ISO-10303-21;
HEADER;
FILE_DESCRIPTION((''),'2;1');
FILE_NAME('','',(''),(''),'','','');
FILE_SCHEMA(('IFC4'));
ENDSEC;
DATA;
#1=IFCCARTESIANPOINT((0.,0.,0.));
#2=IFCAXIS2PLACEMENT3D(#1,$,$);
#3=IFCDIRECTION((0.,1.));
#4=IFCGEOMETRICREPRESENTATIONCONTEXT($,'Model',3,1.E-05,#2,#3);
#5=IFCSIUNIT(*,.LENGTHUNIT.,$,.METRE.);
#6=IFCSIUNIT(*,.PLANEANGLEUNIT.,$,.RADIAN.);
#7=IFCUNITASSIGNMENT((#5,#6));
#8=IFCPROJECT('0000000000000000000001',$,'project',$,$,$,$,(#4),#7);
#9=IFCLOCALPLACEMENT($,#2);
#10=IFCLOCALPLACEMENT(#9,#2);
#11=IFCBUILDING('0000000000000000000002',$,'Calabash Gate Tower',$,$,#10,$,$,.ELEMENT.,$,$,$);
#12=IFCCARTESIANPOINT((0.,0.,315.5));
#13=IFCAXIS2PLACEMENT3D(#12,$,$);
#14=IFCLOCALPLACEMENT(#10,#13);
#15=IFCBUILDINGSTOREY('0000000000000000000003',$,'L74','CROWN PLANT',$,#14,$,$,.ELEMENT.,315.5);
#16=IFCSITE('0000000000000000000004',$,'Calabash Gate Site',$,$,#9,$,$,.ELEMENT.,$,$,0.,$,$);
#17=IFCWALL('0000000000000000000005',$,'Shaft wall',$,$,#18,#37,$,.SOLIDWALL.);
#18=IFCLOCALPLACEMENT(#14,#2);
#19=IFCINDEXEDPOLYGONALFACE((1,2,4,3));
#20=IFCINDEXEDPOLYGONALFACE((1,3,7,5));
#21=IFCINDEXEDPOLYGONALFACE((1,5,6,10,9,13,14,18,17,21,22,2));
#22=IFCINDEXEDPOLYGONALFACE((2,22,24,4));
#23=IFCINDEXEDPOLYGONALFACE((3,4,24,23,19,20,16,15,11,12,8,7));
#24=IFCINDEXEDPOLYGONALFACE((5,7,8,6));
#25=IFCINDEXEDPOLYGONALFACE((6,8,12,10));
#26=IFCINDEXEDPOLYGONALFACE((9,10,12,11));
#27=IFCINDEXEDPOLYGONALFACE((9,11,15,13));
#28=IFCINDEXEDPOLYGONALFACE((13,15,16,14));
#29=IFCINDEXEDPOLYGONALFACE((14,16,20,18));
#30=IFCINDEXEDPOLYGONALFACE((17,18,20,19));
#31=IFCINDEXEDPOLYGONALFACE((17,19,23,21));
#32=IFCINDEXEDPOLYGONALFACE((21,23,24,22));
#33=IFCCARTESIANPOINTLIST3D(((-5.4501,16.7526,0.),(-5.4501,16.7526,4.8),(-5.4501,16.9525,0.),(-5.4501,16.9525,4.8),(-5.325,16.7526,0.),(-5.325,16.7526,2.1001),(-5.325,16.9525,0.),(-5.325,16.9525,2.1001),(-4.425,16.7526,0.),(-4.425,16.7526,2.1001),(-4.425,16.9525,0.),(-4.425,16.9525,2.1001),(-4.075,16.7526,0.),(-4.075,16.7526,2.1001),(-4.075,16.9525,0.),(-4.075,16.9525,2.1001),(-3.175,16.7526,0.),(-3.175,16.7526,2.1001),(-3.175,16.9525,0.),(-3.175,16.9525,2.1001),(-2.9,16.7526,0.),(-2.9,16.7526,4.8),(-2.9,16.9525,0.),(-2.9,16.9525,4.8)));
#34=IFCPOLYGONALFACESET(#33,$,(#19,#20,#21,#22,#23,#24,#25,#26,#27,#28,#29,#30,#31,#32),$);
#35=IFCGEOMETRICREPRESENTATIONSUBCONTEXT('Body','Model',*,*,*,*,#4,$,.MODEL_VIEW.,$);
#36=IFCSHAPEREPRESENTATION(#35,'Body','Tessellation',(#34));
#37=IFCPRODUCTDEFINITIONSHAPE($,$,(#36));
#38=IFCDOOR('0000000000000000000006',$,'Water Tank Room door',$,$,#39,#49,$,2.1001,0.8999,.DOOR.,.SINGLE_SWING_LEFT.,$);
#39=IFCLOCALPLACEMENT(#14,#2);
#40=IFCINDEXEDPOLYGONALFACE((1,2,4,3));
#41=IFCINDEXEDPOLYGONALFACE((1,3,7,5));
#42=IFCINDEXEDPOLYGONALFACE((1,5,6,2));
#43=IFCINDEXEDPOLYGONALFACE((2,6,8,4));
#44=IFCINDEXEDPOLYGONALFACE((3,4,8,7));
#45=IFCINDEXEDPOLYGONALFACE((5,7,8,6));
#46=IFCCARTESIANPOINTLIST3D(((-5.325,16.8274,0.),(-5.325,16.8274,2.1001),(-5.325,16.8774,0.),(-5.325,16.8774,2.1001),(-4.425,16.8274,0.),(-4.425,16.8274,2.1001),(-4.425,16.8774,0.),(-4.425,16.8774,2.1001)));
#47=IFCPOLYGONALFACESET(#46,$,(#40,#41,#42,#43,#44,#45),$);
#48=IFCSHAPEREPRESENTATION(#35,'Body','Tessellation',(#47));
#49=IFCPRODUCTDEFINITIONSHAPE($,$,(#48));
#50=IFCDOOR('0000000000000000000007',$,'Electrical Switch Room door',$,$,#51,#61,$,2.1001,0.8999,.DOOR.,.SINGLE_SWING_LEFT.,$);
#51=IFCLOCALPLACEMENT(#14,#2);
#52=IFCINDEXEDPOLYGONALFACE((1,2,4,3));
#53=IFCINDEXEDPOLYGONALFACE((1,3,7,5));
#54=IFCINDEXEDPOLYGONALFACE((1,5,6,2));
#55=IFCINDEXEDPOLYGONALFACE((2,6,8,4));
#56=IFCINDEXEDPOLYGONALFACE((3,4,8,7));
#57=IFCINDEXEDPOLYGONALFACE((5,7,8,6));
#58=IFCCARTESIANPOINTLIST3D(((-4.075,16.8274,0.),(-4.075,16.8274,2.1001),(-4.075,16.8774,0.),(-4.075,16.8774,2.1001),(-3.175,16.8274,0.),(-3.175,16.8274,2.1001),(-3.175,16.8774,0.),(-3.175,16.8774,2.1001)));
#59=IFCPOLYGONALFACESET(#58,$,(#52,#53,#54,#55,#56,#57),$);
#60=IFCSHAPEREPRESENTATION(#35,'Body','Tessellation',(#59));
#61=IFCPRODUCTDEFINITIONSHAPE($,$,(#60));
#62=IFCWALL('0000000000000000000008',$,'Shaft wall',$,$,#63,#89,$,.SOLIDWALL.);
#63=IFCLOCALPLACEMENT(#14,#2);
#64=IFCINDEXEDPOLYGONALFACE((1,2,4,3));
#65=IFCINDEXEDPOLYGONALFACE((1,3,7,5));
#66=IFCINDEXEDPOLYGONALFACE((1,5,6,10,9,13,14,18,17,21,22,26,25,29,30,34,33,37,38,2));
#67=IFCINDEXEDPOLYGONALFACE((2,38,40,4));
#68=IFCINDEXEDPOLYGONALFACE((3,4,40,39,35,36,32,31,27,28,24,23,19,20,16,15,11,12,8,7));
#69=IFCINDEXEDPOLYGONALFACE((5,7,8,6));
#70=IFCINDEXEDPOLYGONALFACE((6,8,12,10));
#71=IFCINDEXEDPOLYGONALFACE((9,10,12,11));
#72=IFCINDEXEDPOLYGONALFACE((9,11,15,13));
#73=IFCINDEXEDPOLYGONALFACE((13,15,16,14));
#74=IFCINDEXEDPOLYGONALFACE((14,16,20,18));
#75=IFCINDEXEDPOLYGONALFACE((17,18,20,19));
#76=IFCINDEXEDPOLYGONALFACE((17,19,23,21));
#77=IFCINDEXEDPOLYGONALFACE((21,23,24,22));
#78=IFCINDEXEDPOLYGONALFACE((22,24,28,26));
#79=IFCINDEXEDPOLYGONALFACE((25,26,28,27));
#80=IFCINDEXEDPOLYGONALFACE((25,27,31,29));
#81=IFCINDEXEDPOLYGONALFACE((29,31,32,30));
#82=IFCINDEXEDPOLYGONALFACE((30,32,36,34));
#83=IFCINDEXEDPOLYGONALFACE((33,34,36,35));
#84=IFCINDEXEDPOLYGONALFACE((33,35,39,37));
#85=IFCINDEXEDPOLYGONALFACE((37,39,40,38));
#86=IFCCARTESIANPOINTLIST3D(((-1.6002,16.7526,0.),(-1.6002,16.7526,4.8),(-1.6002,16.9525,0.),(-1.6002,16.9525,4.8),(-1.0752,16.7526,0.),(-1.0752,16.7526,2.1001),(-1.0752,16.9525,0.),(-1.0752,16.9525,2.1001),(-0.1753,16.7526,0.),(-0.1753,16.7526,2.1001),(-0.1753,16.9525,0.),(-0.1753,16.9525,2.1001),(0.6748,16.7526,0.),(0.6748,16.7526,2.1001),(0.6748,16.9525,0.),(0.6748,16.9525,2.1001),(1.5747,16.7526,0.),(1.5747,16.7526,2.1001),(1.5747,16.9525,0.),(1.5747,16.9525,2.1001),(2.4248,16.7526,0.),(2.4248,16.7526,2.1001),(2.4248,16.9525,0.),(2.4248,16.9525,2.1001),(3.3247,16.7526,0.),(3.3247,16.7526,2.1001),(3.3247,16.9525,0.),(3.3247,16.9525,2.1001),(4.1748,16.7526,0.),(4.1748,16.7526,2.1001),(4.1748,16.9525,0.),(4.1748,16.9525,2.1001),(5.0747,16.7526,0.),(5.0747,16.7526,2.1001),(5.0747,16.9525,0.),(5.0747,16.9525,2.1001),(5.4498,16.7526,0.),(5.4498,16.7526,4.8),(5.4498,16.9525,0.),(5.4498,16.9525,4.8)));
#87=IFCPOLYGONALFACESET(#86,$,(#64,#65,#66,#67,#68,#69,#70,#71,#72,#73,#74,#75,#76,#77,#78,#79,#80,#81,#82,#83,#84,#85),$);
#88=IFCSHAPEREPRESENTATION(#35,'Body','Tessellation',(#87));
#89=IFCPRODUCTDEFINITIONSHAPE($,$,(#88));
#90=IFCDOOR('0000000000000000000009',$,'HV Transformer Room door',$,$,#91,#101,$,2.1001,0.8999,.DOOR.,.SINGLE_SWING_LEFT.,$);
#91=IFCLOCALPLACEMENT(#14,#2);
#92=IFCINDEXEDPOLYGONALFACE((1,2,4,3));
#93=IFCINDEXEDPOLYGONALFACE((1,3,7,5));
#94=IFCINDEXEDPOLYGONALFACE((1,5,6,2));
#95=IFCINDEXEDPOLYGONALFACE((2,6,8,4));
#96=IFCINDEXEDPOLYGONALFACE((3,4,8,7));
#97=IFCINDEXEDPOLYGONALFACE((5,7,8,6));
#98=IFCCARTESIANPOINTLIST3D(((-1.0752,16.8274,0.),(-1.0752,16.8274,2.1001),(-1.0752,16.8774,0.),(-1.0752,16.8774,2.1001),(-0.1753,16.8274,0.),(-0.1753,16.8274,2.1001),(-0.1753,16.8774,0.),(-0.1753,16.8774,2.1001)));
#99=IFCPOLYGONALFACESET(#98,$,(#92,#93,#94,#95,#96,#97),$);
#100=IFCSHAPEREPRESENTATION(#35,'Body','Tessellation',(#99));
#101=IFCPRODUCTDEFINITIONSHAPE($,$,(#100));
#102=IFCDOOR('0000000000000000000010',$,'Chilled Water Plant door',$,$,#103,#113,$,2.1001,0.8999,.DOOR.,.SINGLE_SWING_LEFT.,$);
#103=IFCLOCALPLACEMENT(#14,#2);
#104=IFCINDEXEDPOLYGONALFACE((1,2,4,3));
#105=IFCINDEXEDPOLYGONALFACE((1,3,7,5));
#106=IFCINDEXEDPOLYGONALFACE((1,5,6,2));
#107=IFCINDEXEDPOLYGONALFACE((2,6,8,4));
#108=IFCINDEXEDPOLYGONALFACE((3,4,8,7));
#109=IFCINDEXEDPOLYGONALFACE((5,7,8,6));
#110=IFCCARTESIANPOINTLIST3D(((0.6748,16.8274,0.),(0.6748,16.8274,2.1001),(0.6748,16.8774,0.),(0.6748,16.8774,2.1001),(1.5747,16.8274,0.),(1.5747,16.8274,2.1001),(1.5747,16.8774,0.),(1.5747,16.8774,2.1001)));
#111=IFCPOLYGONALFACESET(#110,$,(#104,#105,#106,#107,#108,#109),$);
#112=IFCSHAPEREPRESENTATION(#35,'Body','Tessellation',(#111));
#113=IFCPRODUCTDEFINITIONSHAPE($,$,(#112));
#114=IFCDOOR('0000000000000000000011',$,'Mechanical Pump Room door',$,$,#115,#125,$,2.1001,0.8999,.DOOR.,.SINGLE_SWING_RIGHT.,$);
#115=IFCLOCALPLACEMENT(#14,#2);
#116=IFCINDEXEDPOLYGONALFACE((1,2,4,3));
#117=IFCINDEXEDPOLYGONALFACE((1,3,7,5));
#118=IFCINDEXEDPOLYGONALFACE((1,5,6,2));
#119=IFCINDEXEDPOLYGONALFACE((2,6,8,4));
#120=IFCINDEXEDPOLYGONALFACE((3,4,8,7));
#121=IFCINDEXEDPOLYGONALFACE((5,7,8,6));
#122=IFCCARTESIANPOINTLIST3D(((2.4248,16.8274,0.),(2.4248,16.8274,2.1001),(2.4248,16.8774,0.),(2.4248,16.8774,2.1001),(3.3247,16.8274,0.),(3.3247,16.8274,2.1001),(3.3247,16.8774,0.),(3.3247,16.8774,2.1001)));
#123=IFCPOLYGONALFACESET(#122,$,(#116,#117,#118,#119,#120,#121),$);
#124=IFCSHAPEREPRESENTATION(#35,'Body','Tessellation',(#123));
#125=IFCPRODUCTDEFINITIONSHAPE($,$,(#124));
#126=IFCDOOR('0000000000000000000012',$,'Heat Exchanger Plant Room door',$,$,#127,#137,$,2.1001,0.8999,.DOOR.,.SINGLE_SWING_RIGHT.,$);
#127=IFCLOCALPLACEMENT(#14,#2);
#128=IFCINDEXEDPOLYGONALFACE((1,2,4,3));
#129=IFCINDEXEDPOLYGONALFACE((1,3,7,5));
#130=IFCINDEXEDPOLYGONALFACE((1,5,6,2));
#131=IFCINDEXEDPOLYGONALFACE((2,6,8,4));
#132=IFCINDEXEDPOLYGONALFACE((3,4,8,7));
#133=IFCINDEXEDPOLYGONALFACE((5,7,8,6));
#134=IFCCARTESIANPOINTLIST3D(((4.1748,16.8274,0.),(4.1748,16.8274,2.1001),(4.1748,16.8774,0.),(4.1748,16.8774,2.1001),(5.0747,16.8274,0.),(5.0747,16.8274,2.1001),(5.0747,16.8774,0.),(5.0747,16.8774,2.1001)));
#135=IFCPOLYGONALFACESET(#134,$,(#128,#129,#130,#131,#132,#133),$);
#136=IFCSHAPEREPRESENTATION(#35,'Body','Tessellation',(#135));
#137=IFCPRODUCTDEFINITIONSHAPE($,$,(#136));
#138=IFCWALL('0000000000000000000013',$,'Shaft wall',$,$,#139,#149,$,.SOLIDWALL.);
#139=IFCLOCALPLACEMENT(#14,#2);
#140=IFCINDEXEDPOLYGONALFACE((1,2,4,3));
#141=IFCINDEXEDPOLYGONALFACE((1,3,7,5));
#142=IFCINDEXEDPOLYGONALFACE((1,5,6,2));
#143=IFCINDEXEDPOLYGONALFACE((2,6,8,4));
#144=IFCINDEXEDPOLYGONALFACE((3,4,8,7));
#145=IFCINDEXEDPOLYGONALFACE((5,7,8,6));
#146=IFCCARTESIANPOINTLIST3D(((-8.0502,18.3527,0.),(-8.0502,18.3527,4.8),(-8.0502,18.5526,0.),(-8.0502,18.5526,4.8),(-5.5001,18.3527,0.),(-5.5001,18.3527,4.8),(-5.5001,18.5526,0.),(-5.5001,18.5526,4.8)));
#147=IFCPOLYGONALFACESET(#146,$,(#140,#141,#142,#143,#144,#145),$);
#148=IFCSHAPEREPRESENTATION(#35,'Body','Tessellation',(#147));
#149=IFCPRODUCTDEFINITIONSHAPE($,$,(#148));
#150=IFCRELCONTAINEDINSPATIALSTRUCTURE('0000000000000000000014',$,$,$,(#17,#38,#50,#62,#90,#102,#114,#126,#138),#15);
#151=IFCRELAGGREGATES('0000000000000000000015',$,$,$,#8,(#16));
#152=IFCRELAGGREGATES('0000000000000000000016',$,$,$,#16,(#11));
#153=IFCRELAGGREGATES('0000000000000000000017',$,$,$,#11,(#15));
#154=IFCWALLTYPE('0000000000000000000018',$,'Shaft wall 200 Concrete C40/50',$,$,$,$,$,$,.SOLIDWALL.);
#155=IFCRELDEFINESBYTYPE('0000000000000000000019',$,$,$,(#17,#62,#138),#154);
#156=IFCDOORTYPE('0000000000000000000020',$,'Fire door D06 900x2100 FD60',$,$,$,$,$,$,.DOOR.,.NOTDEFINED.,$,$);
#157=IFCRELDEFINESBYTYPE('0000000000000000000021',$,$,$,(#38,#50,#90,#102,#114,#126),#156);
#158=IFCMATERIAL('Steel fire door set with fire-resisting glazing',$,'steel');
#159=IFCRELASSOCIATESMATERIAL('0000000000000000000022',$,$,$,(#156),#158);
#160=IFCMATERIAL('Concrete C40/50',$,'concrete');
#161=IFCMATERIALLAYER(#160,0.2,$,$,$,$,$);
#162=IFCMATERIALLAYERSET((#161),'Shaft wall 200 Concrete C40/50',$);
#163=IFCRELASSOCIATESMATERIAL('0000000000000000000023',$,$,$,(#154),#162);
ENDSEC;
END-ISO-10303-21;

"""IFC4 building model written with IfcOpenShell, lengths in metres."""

from ifc_helpers import new_model, si_unit, direction, frame, frame_2d, origin, place, context, subcontext, project, spatial, rectangle, extrude, material, layer, layer_set, type_object, element, fill, save


model = new_model("IFC4")

# Units and contexts
model_context = context("Model", 3, precision=1e-05, world=origin(), true_north=direction((0.0, 1.0)))
body_context = subcontext(model_context, "Body", "Model", "MODEL_VIEW")
ifc_project = project(units=[si_unit("LENGTHUNIT", "METRE"), si_unit("PLANEANGLEUNIT", "RADIAN")], contexts=[model_context])

# Site, building, storey
site_placement = place(None, origin())
site = spatial("IfcSite", under=ifc_project, at=site_placement, Name="Calabash Gate Site", CompositionType="ELEMENT", RefElevation=0.0)
building_placement = place(site_placement, origin())
building = spatial("IfcBuilding", under=site, at=building_placement, Name="Calabash Gate Tower", CompositionType="ELEMENT")
storey_placement = place(building_placement, frame((0.0, 0.0, 315.5)))
storey = spatial("IfcBuildingStorey", under=building, at=storey_placement, Name="L74", Description="CROWN PLANT", CompositionType="ELEMENT", Elevation=315.5)

# Shared definitions
ifc_material_1 = material(Name="Steel fire door set with fire-resisting glazing", Category="steel")
door_type_1 = type_object("IfcDoorType", Name="Fire door D06 900x2100 FD60", OperationType="NOTDEFINED", PredefinedType="DOOR", material=ifc_material_1)

# Shared definitions
ifc_material_2 = material(Name="Concrete C40/50", Category="concrete")
ifc_layer_1 = layer(ifc_material_2, 0.2)
ifc_layer_set_1 = layer_set([ifc_layer_1], Name="Shaft wall 200 Concrete C40/50")
wall_type_1 = type_object("IfcWallType", Name="Shaft wall 200 Concrete C40/50", PredefinedType="SOLIDWALL", material=ifc_layer_set_1)

# Walls, openings, doors
wall_1_placement = place(storey_placement, frame((-5.45, 16.8525, 0.0), z_axis=(0.0, 0.0, 1.0), x_axis=(1.0, 0.0, 0.0)))
wall_1 = element("IfcWall", 1, at=wall_1_placement, inside=storey, type_object=wall_type_1, Name="Shaft wall", PredefinedType="SOLIDWALL", context=body_context, shape_type="SweptSolid", body=[
    extrude(rectangle(XDim=2.55, YDim=0.2, at=frame_2d((1.2749, 0.0))), origin(), (0.0, 0.0, 1.0), 4.8),
])
opening_1_placement = place(wall_1_placement, frame((0.125, 0.0, 0.0)))
opening_1 = element("IfcOpeningElement", 2, at=opening_1_placement, cuts=wall_1, PredefinedType="OPENING", context=body_context, shape_type="SweptSolid", body=[
    extrude(rectangle(XDim=0.8999, YDim=2.1001, at=frame_2d((0.45, 1.05))), frame((0.0, 0.1099, 0.0), z_axis=(0.0, -1.0, 0.0), x_axis=(1.0, 0.0, 0.0)), (0.0, 0.0, 1.0), 0.22),
])
opening_2_placement = place(wall_1_placement, frame((1.375, 0.0, 0.0)))
opening_2 = element("IfcOpeningElement", 3, at=opening_2_placement, cuts=wall_1, PredefinedType="OPENING", context=body_context, shape_type="SweptSolid", body=[
    extrude(rectangle(XDim=0.8999, YDim=2.1001, at=frame_2d((0.45, 1.05))), frame((0.0, 0.1099, 0.0), z_axis=(0.0, -1.0, 0.0), x_axis=(1.0, 0.0, 0.0)), (0.0, 0.0, 1.0), 0.22),
])
door_1_placement = place(opening_1_placement, origin())
door_1 = element("IfcDoor", 4, at=door_1_placement, inside=storey, type_object=door_type_1, Name="Water Tank Room door", OperationType="SINGLE_SWING_LEFT", OverallHeight=2.1001, OverallWidth=0.8999, PredefinedType="DOOR", context=body_context, shape_type="SweptSolid", body=[
    extrude(rectangle(XDim=0.8999, YDim=2.1001, at=frame_2d((0.45, 1.05))), frame((0.0, 0.0249, 0.0), z_axis=(0.0, -1.0, 0.0), x_axis=(1.0, 0.0, 0.0)), (0.0, 0.0, 1.0), 0.05),
])
fill(opening_1, door_1)
door_2_placement = place(opening_2_placement, origin())
door_2 = element("IfcDoor", 5, at=door_2_placement, inside=storey, type_object=door_type_1, Name="Electrical Switch Room door", OperationType="SINGLE_SWING_LEFT", OverallHeight=2.1001, OverallWidth=0.8999, PredefinedType="DOOR", context=body_context, shape_type="SweptSolid", body=[
    extrude(rectangle(XDim=0.8999, YDim=2.1001, at=frame_2d((0.45, 1.05))), frame((0.0, 0.0249, 0.0), z_axis=(0.0, -1.0, 0.0), x_axis=(1.0, 0.0, 0.0)), (0.0, 0.0, 1.0), 0.05),
])
fill(opening_2, door_2)
wall_2_placement = place(storey_placement, frame((-1.6001, 16.8525, 0.0), z_axis=(0.0, 0.0, 1.0), x_axis=(1.0, 0.0, 0.0)))
wall_2 = element("IfcWall", 6, at=wall_2_placement, inside=storey, type_object=wall_type_1, Name="Shaft wall", PredefinedType="SOLIDWALL", context=body_context, shape_type="SweptSolid", body=[
    extrude(rectangle(XDim=7.05, YDim=0.2, at=frame_2d((3.5249, 0.0))), origin(), (0.0, 0.0, 1.0), 4.8),
])
opening_3_placement = place(wall_2_placement, frame((0.5249, 0.0, 0.0)))
opening_3 = element("IfcOpeningElement", 7, at=opening_3_placement, cuts=wall_2, PredefinedType="OPENING", context=body_context, shape_type="SweptSolid", body=[
    extrude(rectangle(XDim=0.8999, YDim=2.1001, at=frame_2d((0.45, 1.05))), frame((0.0, 0.1099, 0.0), z_axis=(0.0, -1.0, 0.0), x_axis=(1.0, 0.0, 0.0)), (0.0, 0.0, 1.0), 0.22),
])
opening_4_placement = place(wall_2_placement, frame((2.2749, 0.0, 0.0)))
opening_4 = element("IfcOpeningElement", 8, at=opening_4_placement, cuts=wall_2, PredefinedType="OPENING", context=body_context, shape_type="SweptSolid", body=[
    extrude(rectangle(XDim=0.8999, YDim=2.1001, at=frame_2d((0.45, 1.05))), frame((0.0, 0.1099, 0.0), z_axis=(0.0, -1.0, 0.0), x_axis=(1.0, 0.0, 0.0)), (0.0, 0.0, 1.0), 0.22),
])
opening_5_placement = place(wall_2_placement, frame((4.0249, 0.0, 0.0)))
opening_5 = element("IfcOpeningElement", 9, at=opening_5_placement, cuts=wall_2, PredefinedType="OPENING", context=body_context, shape_type="SweptSolid", body=[
    extrude(rectangle(XDim=0.8999, YDim=2.1001, at=frame_2d((0.45, 1.05))), frame((0.0, 0.1099, 0.0), z_axis=(0.0, -1.0, 0.0), x_axis=(1.0, 0.0, 0.0)), (0.0, 0.0, 1.0), 0.22),
])
opening_6_placement = place(wall_2_placement, frame((5.7749, 0.0, 0.0)))
opening_6 = element("IfcOpeningElement", 10, at=opening_6_placement, cuts=wall_2, PredefinedType="OPENING", context=body_context, shape_type="SweptSolid", body=[
    extrude(rectangle(XDim=0.8999, YDim=2.1001, at=frame_2d((0.45, 1.05))), frame((0.0, 0.1099, 0.0), z_axis=(0.0, -1.0, 0.0), x_axis=(1.0, 0.0, 0.0)), (0.0, 0.0, 1.0), 0.22),
])
door_3_placement = place(opening_3_placement, origin())
door_3 = element("IfcDoor", 11, at=door_3_placement, inside=storey, type_object=door_type_1, Name="HV Transformer Room door", OperationType="SINGLE_SWING_LEFT", OverallHeight=2.1001, OverallWidth=0.8999, PredefinedType="DOOR", context=body_context, shape_type="SweptSolid", body=[
    extrude(rectangle(XDim=0.8999, YDim=2.1001, at=frame_2d((0.45, 1.05))), frame((0.0, 0.0249, 0.0), z_axis=(0.0, -1.0, 0.0), x_axis=(1.0, 0.0, 0.0)), (0.0, 0.0, 1.0), 0.05),
])
fill(opening_3, door_3)
door_4_placement = place(opening_4_placement, origin())
door_4 = element("IfcDoor", 12, at=door_4_placement, inside=storey, type_object=door_type_1, Name="Chilled Water Plant door", OperationType="SINGLE_SWING_LEFT", OverallHeight=2.1001, OverallWidth=0.8999, PredefinedType="DOOR", context=body_context, shape_type="SweptSolid", body=[
    extrude(rectangle(XDim=0.8999, YDim=2.1001, at=frame_2d((0.45, 1.05))), frame((0.0, 0.0249, 0.0), z_axis=(0.0, -1.0, 0.0), x_axis=(1.0, 0.0, 0.0)), (0.0, 0.0, 1.0), 0.05),
])
fill(opening_4, door_4)
door_5_placement = place(opening_5_placement, origin())
door_5 = element("IfcDoor", 13, at=door_5_placement, inside=storey, type_object=door_type_1, Name="Mechanical Pump Room door", OperationType="SINGLE_SWING_RIGHT", OverallHeight=2.1001, OverallWidth=0.8999, PredefinedType="DOOR", context=body_context, shape_type="SweptSolid", body=[
    extrude(rectangle(XDim=0.8999, YDim=2.1001, at=frame_2d((0.45, 1.05))), frame((0.0, 0.0249, 0.0), z_axis=(0.0, -1.0, 0.0), x_axis=(1.0, 0.0, 0.0)), (0.0, 0.0, 1.0), 0.05),
])
fill(opening_5, door_5)
door_6_placement = place(opening_6_placement, origin())
door_6 = element("IfcDoor", 14, at=door_6_placement, inside=storey, type_object=door_type_1, Name="Heat Exchanger Plant Room door", OperationType="SINGLE_SWING_RIGHT", OverallHeight=2.1001, OverallWidth=0.8999, PredefinedType="DOOR", context=body_context, shape_type="SweptSolid", body=[
    extrude(rectangle(XDim=0.8999, YDim=2.1001, at=frame_2d((0.45, 1.05))), frame((0.0, 0.0249, 0.0), z_axis=(0.0, -1.0, 0.0), x_axis=(1.0, 0.0, 0.0)), (0.0, 0.0, 1.0), 0.05),
])
fill(opening_6, door_6)

# Wall
wall_3_placement = place(storey_placement, frame((-8.05, 18.4526, 0.0), z_axis=(0.0, 0.0, 1.0), x_axis=(1.0, 0.0, 0.0)))
element("IfcWall", 15, at=wall_3_placement, inside=storey, type_object=wall_type_1, Name="Shaft wall", PredefinedType="SOLIDWALL", context=body_context, shape_type="SweptSolid", body=[
    extrude(rectangle(XDim=2.55, YDim=0.2, at=frame_2d((1.2749, 0.0))), origin(), (0.0, 0.0, 1.0), 4.8),
])

save(model, "model.ifc")
